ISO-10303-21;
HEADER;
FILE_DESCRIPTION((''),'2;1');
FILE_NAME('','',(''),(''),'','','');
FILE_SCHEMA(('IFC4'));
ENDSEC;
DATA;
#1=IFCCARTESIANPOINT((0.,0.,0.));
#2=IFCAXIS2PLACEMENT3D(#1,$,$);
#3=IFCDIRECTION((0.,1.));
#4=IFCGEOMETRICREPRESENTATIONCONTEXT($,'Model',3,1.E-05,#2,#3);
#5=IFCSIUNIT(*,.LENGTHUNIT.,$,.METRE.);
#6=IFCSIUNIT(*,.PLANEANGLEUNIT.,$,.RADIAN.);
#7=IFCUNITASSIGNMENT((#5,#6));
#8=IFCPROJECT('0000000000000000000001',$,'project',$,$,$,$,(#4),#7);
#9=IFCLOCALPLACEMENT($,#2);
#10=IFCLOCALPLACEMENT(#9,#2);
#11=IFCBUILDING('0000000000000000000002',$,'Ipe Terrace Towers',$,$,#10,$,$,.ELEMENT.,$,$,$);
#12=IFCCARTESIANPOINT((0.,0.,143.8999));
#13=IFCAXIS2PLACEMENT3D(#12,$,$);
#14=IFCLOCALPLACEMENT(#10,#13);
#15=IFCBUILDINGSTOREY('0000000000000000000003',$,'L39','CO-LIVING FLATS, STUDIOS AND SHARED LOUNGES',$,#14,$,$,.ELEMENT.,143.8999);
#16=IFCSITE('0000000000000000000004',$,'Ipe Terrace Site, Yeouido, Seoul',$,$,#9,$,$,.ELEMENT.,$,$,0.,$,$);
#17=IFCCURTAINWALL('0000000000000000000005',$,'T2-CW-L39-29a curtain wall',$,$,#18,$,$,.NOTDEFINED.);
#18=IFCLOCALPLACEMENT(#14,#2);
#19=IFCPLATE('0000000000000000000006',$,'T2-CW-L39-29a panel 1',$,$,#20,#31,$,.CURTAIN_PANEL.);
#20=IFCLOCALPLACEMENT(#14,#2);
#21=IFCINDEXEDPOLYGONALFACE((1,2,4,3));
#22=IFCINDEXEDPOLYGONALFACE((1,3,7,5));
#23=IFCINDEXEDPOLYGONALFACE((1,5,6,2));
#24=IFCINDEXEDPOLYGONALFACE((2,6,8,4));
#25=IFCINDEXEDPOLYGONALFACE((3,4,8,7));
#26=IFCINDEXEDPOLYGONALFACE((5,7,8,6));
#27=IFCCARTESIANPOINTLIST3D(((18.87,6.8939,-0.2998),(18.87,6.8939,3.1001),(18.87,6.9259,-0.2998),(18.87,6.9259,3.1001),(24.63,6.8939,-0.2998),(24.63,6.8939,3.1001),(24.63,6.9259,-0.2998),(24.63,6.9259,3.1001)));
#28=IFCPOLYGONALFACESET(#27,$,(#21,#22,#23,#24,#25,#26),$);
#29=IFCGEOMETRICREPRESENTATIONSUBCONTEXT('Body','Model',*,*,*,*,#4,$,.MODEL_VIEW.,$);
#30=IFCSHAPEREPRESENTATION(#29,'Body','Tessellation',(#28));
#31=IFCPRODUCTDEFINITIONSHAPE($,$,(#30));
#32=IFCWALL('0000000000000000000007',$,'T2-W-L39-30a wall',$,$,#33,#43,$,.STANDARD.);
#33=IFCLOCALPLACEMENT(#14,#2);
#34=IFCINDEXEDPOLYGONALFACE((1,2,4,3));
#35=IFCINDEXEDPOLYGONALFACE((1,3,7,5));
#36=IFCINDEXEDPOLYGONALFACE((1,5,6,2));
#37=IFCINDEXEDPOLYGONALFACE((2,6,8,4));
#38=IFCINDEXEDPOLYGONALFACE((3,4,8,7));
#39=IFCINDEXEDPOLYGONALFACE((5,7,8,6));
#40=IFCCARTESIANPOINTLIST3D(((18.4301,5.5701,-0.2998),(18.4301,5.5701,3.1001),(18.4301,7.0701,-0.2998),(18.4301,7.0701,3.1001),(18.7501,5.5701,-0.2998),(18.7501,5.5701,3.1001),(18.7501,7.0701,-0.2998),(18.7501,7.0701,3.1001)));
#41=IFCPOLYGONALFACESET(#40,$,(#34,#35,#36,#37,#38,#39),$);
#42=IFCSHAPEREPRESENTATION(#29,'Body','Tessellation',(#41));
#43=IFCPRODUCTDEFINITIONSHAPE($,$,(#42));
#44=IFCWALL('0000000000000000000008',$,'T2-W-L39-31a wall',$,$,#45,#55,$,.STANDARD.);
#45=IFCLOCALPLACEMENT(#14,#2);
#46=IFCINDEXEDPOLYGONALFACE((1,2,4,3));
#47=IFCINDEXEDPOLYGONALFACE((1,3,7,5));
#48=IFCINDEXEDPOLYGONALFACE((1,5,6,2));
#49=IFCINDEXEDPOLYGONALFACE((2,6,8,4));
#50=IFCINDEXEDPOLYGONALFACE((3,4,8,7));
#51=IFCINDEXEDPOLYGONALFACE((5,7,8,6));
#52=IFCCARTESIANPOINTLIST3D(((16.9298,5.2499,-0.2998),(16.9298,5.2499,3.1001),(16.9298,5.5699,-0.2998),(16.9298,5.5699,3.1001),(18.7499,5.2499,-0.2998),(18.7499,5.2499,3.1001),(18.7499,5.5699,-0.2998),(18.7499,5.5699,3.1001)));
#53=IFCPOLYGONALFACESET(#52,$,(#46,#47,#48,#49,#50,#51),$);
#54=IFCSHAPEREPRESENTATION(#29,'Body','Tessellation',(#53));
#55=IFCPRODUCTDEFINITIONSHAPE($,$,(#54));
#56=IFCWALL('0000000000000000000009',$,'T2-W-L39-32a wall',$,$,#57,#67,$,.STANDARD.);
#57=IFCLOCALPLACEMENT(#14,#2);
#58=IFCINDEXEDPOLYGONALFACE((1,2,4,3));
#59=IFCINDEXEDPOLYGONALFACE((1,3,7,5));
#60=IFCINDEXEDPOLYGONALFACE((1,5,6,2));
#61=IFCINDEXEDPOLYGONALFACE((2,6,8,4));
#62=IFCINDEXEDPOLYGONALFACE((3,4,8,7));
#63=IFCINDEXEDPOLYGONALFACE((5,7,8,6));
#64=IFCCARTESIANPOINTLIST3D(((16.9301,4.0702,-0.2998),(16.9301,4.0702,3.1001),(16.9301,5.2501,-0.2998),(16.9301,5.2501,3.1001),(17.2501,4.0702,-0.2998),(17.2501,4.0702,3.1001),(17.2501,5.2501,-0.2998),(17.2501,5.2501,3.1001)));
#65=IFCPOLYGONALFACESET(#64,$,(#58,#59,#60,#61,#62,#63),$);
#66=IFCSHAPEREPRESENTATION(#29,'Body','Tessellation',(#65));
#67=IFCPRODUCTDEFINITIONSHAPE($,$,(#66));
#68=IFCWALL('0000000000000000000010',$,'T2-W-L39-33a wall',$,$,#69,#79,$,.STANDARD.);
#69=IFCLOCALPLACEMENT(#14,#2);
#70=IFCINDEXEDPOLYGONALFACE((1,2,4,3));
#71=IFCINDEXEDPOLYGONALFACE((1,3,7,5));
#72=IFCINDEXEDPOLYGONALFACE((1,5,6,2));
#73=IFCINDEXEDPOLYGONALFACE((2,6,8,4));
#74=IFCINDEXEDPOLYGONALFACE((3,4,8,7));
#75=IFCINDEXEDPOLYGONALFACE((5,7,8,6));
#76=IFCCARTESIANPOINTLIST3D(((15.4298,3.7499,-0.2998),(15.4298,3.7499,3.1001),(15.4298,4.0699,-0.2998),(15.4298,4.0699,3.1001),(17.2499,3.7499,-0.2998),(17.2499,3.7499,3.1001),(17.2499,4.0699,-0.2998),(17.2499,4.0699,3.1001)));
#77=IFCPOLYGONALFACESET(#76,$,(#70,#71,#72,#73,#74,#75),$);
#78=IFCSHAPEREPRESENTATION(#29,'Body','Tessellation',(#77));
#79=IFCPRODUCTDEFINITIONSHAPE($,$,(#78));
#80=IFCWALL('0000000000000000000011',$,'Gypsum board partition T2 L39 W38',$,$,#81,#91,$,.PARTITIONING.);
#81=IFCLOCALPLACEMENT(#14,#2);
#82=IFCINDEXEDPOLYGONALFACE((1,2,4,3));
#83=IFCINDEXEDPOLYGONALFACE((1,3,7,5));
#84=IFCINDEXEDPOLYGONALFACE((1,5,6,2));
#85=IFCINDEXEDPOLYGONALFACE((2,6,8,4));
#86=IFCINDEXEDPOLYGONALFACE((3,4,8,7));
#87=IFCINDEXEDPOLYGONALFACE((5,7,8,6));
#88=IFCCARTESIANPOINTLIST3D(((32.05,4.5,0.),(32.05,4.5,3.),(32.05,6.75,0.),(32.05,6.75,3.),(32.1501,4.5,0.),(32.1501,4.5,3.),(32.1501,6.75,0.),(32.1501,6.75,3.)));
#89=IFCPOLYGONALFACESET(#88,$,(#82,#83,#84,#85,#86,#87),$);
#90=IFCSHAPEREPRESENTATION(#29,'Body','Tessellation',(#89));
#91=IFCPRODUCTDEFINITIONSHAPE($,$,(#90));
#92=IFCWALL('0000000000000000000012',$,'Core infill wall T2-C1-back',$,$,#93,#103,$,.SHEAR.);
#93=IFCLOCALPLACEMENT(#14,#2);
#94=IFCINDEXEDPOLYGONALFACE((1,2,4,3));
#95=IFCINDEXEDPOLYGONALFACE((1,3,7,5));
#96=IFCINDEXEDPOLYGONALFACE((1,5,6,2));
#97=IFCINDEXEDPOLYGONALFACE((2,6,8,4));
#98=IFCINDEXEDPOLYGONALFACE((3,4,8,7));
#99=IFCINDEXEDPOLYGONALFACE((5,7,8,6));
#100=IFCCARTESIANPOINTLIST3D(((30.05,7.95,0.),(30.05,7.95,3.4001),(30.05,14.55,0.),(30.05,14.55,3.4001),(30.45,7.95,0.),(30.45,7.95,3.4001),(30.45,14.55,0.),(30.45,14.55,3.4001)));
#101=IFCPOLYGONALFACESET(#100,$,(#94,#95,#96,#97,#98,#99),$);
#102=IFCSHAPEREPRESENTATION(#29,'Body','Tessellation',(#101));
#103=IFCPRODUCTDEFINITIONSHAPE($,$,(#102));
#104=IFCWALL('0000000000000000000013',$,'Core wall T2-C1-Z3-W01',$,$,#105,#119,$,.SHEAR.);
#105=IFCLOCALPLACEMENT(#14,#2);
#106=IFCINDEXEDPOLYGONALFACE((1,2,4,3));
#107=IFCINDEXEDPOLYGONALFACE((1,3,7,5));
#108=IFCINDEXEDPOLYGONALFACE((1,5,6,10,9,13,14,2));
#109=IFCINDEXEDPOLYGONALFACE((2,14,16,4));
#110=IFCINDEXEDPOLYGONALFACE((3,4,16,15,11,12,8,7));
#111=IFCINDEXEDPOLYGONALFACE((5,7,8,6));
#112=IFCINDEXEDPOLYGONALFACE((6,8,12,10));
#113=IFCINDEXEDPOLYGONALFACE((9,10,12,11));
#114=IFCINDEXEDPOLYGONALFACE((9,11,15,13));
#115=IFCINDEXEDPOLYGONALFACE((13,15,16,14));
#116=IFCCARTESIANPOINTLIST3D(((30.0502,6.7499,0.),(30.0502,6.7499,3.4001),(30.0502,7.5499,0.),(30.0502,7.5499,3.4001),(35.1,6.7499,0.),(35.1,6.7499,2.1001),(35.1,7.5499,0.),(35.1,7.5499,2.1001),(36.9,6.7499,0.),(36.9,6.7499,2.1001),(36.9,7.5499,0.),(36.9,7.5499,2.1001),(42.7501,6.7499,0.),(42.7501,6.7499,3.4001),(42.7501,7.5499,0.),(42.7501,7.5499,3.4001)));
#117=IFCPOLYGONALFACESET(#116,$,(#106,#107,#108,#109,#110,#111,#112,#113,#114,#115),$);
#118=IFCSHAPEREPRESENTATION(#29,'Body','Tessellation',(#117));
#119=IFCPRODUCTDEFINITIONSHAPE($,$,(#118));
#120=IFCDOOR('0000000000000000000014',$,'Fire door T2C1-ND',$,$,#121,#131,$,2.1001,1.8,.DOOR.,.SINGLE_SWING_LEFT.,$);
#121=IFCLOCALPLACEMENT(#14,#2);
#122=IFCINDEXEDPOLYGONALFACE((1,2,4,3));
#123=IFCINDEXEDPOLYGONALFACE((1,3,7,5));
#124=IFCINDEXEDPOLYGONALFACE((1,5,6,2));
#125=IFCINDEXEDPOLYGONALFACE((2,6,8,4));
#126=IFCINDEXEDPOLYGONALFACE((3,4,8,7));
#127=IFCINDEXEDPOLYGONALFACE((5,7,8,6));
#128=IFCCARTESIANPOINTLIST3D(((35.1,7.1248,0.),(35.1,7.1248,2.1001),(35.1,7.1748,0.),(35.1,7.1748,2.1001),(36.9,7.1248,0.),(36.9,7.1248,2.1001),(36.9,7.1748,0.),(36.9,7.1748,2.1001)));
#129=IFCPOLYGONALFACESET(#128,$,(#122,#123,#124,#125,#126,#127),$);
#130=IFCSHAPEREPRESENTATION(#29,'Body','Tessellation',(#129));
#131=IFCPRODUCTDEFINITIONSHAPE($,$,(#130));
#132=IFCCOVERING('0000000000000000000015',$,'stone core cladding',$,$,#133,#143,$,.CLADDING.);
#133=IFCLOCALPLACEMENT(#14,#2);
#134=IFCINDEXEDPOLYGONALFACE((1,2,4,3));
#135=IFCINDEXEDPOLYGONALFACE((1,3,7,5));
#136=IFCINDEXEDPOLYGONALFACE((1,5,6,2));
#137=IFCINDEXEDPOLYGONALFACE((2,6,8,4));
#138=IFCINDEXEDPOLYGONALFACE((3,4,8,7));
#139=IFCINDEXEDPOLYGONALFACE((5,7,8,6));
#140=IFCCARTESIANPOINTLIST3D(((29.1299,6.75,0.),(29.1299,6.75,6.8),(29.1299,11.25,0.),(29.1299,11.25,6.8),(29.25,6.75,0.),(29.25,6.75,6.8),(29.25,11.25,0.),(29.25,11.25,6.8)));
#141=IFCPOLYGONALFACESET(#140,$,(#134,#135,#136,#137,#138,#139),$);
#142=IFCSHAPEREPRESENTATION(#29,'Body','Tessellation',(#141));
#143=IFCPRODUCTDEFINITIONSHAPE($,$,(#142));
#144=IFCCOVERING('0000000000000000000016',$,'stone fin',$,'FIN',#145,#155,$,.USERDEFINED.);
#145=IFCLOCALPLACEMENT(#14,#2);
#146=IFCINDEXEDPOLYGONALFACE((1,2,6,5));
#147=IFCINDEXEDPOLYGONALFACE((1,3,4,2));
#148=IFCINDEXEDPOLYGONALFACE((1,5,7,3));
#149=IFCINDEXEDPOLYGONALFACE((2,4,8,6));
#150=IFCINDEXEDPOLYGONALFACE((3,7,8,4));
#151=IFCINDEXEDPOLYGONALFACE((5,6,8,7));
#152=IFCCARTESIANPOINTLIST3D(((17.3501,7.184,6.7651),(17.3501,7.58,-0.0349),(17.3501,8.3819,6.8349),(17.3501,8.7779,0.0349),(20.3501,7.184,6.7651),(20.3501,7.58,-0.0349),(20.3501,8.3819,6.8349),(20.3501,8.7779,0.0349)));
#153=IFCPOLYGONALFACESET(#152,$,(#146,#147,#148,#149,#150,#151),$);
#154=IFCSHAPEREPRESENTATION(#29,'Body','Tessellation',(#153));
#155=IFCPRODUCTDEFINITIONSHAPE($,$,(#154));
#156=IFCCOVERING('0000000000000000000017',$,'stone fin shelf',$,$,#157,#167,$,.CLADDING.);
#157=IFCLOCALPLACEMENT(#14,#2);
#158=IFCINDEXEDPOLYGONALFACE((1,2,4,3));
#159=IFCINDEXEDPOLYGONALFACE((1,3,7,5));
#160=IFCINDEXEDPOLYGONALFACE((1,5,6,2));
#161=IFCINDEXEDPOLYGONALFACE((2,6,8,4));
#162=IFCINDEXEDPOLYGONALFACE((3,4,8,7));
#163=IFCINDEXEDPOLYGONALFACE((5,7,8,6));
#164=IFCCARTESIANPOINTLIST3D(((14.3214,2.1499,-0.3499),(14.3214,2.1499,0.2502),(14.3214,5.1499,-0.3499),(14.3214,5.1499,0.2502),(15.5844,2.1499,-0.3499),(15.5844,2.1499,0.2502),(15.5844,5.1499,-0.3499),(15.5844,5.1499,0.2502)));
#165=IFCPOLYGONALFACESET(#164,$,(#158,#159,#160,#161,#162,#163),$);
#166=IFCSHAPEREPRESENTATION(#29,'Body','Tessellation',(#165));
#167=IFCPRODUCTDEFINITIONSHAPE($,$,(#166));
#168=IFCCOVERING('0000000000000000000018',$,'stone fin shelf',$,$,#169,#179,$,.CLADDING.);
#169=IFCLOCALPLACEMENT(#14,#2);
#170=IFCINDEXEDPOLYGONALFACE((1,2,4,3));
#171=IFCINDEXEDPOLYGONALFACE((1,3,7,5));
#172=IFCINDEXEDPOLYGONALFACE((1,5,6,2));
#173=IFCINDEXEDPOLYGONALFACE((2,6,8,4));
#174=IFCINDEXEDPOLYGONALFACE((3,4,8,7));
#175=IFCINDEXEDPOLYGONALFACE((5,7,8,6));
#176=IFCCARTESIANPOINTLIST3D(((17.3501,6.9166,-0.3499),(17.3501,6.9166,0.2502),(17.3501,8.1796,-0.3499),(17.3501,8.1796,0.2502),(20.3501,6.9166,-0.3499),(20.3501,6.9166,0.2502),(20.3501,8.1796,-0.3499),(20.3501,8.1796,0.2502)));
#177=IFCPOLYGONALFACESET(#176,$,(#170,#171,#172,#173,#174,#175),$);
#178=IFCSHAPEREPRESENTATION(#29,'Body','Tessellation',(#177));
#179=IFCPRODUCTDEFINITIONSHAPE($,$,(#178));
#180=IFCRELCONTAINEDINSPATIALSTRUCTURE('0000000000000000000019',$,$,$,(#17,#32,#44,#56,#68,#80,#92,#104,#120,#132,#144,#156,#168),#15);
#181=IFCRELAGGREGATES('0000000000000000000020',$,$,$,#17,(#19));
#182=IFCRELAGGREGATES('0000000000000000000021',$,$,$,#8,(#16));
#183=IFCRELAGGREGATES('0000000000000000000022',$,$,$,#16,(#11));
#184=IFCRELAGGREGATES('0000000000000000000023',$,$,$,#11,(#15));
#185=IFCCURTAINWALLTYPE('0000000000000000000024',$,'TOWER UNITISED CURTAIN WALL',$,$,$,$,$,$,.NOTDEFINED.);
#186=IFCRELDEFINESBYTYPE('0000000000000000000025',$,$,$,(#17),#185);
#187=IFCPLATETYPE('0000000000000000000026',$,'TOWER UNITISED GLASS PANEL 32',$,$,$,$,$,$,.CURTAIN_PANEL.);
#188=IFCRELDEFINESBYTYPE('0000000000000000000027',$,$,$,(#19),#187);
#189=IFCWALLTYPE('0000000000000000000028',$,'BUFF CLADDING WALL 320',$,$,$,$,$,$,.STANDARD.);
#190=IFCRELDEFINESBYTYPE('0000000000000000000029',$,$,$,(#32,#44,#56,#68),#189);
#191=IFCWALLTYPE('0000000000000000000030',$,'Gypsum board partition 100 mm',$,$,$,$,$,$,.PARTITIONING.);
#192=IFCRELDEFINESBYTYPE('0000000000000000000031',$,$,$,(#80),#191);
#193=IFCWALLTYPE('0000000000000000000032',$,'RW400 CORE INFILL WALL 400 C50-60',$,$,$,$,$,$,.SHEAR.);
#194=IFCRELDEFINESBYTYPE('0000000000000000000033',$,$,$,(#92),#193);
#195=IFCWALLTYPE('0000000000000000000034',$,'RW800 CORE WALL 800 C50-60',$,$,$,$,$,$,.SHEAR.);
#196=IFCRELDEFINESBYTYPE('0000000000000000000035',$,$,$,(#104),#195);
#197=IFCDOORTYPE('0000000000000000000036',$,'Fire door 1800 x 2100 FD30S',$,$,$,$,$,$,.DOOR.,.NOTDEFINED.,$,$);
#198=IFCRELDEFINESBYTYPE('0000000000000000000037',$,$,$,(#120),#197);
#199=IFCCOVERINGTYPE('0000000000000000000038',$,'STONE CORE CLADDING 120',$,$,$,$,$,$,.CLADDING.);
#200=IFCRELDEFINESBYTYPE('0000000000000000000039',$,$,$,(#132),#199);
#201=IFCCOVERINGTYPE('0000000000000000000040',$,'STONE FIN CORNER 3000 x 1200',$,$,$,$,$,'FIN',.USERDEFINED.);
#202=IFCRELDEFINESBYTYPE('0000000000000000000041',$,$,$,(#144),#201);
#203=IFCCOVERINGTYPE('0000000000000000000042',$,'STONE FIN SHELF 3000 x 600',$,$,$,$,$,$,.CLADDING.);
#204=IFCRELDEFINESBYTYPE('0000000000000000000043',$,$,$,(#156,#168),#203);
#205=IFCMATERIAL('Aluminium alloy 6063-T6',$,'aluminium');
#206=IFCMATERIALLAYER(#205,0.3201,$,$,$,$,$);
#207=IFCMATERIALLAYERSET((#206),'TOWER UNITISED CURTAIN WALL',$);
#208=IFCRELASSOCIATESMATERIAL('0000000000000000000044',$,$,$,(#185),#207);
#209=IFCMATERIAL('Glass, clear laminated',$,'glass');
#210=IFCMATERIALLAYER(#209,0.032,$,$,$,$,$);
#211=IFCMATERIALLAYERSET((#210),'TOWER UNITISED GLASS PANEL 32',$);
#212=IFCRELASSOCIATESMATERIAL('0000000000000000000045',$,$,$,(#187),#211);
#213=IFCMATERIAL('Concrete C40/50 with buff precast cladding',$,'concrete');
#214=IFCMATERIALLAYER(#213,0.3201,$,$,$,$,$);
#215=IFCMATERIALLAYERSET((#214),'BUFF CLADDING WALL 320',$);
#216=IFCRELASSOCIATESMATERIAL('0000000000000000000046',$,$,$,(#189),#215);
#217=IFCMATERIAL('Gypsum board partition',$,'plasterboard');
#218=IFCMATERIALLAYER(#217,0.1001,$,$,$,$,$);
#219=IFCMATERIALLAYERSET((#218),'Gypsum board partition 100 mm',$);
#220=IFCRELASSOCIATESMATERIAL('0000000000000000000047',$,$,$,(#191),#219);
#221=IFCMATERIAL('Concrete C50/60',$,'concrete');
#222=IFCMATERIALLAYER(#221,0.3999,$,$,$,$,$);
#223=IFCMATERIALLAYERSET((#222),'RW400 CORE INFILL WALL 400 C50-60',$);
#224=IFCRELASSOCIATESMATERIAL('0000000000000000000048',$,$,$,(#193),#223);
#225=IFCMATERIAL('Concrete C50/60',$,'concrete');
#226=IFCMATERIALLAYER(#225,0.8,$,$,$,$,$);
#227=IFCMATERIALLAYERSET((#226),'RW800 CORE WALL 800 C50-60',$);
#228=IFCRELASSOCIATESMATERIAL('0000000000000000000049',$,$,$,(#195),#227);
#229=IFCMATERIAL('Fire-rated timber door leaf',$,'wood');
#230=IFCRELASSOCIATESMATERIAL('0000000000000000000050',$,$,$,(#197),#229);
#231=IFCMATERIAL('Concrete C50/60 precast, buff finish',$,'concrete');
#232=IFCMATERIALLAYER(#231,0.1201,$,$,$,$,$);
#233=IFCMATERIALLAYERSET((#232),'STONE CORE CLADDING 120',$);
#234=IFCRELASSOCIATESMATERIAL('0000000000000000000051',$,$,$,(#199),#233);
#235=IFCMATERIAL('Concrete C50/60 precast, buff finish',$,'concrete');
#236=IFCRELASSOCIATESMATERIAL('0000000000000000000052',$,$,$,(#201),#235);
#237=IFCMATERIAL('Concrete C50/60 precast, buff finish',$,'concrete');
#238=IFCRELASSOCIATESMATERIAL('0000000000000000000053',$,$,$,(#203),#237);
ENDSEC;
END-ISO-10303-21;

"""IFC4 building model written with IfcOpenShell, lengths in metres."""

from ifc_helpers import new_model, si_unit, direction, frame, frame_2d, origin, origin_2d, place, context, subcontext, project, spatial, rectangle, extrude, material, layer, layer_set, material_profile, profile_set, type_object, element, fill, aggregate, save


model = new_model("IFC4")

# Units and contexts
model_context = context("Model", 3, precision=1e-05, world=origin(), true_north=direction((0.0, 1.0)))
body_context = subcontext(model_context, "Body", "Model", "MODEL_VIEW")
ifc_project = project(units=[si_unit("LENGTHUNIT", "METRE"), si_unit("PLANEANGLEUNIT", "RADIAN")], contexts=[model_context])

# Site, building, storey
site_placement = place(None, origin())
site = spatial("IfcSite", under=ifc_project, at=site_placement, Name="Ipe Terrace Site, Yeouido, Seoul", CompositionType="ELEMENT", RefElevation=0.0)
building_placement = place(site_placement, origin())
building = spatial("IfcBuilding", under=site, at=building_placement, Name="Ipe Terrace Towers", CompositionType="ELEMENT")
storey_placement = place(building_placement, frame((0.0, 0.0, 143.8999)))
storey = spatial("IfcBuildingStorey", under=building, at=storey_placement, Name="L39", Description="CO-LIVING FLATS, STUDIOS AND SHARED LOUNGES", CompositionType="ELEMENT", Elevation=143.8999)

# Curtain wall
ifc_material_1 = material(Name="Aluminium alloy 6063-T6", Category="aluminium")
ifc_layer_1 = layer(ifc_material_1, 0.3201)
ifc_layer_set_1 = layer_set([ifc_layer_1], Name="TOWER UNITISED CURTAIN WALL")
curtain_wall_type = type_object("IfcCurtainWallType", Name="TOWER UNITISED CURTAIN WALL", PredefinedType="NOTDEFINED", material=ifc_layer_set_1)
curtain_wall_1_placement = place(storey_placement, origin())
curtain_wall_1 = element("IfcCurtainWall", 1, at=curtain_wall_1_placement, inside=storey, type_object=curtain_wall_type, Name="T2-CW-L39-29a curtain wall", PredefinedType="NOTDEFINED")

# Plate
ifc_material_2 = material(Name="Glass, clear laminated", Category="glass")
ifc_layer_2 = layer(ifc_material_2, 0.032)
ifc_layer_set_2 = layer_set([ifc_layer_2], Name="TOWER UNITISED GLASS PANEL 32")
plate_type = type_object("IfcPlateType", Name="TOWER UNITISED GLASS PANEL 32", PredefinedType="CURTAIN_PANEL", material=ifc_layer_set_2)
plate_1_placement = place(storey_placement, frame((21.75, 6.9099, -0.2998), z_axis=(0.0, 0.0, 1.0), x_axis=(-1.0, 0.0, 0.0)))
plate_1 = element("IfcPlate", 2, at=plate_1_placement, type_object=plate_type, Name="T2-CW-L39-29a panel 1", PredefinedType="CURTAIN_PANEL", context=body_context, shape_type="SweptSolid", body=[
    extrude(rectangle(XDim=5.76, YDim=0.032, at=origin_2d()), origin(), (0.0, 0.0, 1.0), 3.3999),
])
aggregate(curtain_wall_1, [plate_1])

# Walls
ifc_material_3 = material(Name="Concrete C40/50 with buff precast cladding", Category="concrete")
ifc_layer_3 = layer(ifc_material_3, 0.3201)
ifc_layer_set_3 = layer_set([ifc_layer_3], Name="BUFF CLADDING WALL 320")
wall_type_1 = type_object("IfcWallType", Name="BUFF CLADDING WALL 320", PredefinedType="STANDARD", material=ifc_layer_set_3)
wall_1_placement = place(storey_placement, frame((18.5901, 7.0701, -0.2998), z_axis=(0.0, 0.0, 1.0), x_axis=(0.0, -1.0, 0.0)))
element("IfcWall", 3, at=wall_1_placement, inside=storey, type_object=wall_type_1, Name="T2-W-L39-30a wall", PredefinedType="STANDARD", context=body_context, shape_type="SweptSolid", body=[
    extrude(rectangle(XDim=1.5, YDim=0.3201, at=frame_2d((0.75, 0.0))), origin(), (0.0, 0.0, 1.0), 3.3999),
])
wall_2_placement = place(storey_placement, frame((18.75, 5.4099, -0.2998), z_axis=(0.0, 0.0, 1.0), x_axis=(-1.0, 0.0, 0.0)))
element("IfcWall", 4, at=wall_2_placement, inside=storey, type_object=wall_type_1, Name="T2-W-L39-31a wall", PredefinedType="STANDARD", context=body_context, shape_type="SweptSolid", body=[
    extrude(rectangle(XDim=1.8201, YDim=0.3201, at=frame_2d((0.9102, 0.0))), origin(), (0.0, 0.0, 1.0), 3.3999),
])
wall_3_placement = place(storey_placement, frame((17.0901, 5.25, -0.2998), z_axis=(0.0, 0.0, 1.0), x_axis=(0.0, -1.0, 0.0)))
element("IfcWall", 5, at=wall_3_placement, inside=storey, type_object=wall_type_1, Name="T2-W-L39-32a wall", PredefinedType="STANDARD", context=body_context, shape_type="SweptSolid", body=[
    extrude(rectangle(XDim=1.1799, YDim=0.3201, at=frame_2d((0.5898, 0.0))), origin(), (0.0, 0.0, 1.0), 3.3999),
])
wall_4_placement = place(storey_placement, frame((17.25, 3.9099, -0.2998), z_axis=(0.0, 0.0, 1.0), x_axis=(-1.0, 0.0, 0.0)))
element("IfcWall", 6, at=wall_4_placement, inside=storey, type_object=wall_type_1, Name="T2-W-L39-33a wall", PredefinedType="STANDARD", context=body_context, shape_type="SweptSolid", body=[
    extrude(rectangle(XDim=1.8201, YDim=0.3201, at=frame_2d((0.9102, 0.0))), origin(), (0.0, 0.0, 1.0), 3.3999),
])
ifc_material_4 = material(Name="Gypsum board partition", Category="plasterboard")
ifc_layer_4 = layer(ifc_material_4, 0.1001)
ifc_layer_set_4 = layer_set([ifc_layer_4], Name="Gypsum board partition 100 mm")
wall_type_2 = type_object("IfcWallType", Name="Gypsum board partition 100 mm", PredefinedType="PARTITIONING", material=ifc_layer_set_4)
wall_5_placement = place(storey_placement, frame((32.1001, 4.5, 0.0), z_axis=(0.0, 0.0, 1.0), x_axis=(0.0, 1.0, 0.0)))
element("IfcWall", 7, at=wall_5_placement, inside=storey, type_object=wall_type_2, Name="Gypsum board partition T2 L39 W38", PredefinedType="PARTITIONING", context=body_context, shape_type="SweptSolid", body=[
    extrude(rectangle(XDim=2.25, YDim=0.1001, at=frame_2d((1.125, 0.0))), origin(), (0.0, 0.0, 1.0), 3.0),
])
ifc_material_5 = material(Name="Concrete C50/60", Category="concrete")
ifc_layer_5 = layer(ifc_material_5, 0.3999)
ifc_layer_set_5 = layer_set([ifc_layer_5], Name="RW400 CORE INFILL WALL 400 C50-60")
wall_type_3 = type_object("IfcWallType", Name="RW400 CORE INFILL WALL 400 C50-60", PredefinedType="SHEAR", material=ifc_layer_set_5)
wall_6_placement = place(storey_placement, frame((30.25, 7.95, 0.0), z_axis=(0.0, 0.0, 1.0), x_axis=(0.0, 1.0, 0.0)))
element("IfcWall", 8, at=wall_6_placement, inside=storey, type_object=wall_type_3, Name="Core infill wall T2-C1-back", PredefinedType="SHEAR", context=body_context, shape_type="SweptSolid", body=[
    extrude(rectangle(XDim=6.6001, YDim=0.3999, at=frame_2d((3.3, 0.0))), origin(), (0.0, 0.0, 1.0), 3.4001),
])

# Wall, opening, door
ifc_material_6 = material(Name="Concrete C50/60", Category="concrete")
ifc_layer_6 = layer(ifc_material_6, 0.8)
ifc_layer_set_6 = layer_set([ifc_layer_6], Name="RW800 CORE WALL 800 C50-60")
wall_type_4 = type_object("IfcWallType", Name="RW800 CORE WALL 800 C50-60", PredefinedType="SHEAR", material=ifc_layer_set_6)
wall_7_placement = place(storey_placement, frame((30.05, 7.1499, 0.0), z_axis=(0.0, 0.0, 1.0), x_axis=(1.0, 0.0, 0.0)))
wall_7 = element("IfcWall", 9, at=wall_7_placement, inside=storey, type_object=wall_type_4, Name="Core wall T2-C1-Z3-W01", PredefinedType="SHEAR", context=body_context, shape_type="SweptSolid", body=[
    extrude(rectangle(XDim=12.7, YDim=0.8, at=frame_2d((6.3501, 0.0))), origin(), (0.0, 0.0, 1.0), 3.4001),
])
opening_placement = place(wall_7_placement, frame((5.05, 0.0, 0.0)))
opening = element("IfcOpeningElement", 10, at=opening_placement, cuts=wall_7, PredefinedType="OPENING", context=body_context, shape_type="SweptSolid", body=[
    extrude(rectangle(XDim=1.8, YDim=2.1001, at=frame_2d((0.8999, 1.05))), frame((0.0, 0.4102, 0.0), z_axis=(0.0, -1.0, 0.0), x_axis=(1.0, 0.0, 0.0)), (0.0, 0.0, 1.0), 0.8201),
])
ifc_material_7 = material(Name="Fire-rated timber door leaf", Category="wood")
door_type = type_object("IfcDoorType", Name="Fire door 1800 x 2100 FD30S", OperationType="NOTDEFINED", PredefinedType="DOOR", material=ifc_material_7)
door_placement = place(opening_placement, origin())
door = element("IfcDoor", 11, at=door_placement, inside=storey, type_object=door_type, Name="Fire door T2C1-ND", OperationType="SINGLE_SWING_LEFT", OverallHeight=2.1001, OverallWidth=1.8, PredefinedType="DOOR", context=body_context, shape_type="SweptSolid", body=[
    extrude(rectangle(XDim=1.8, YDim=2.1001, at=frame_2d((0.8999, 1.05))), frame((0.0, 0.0249, 0.0), z_axis=(0.0, -1.0, 0.0), x_axis=(1.0, 0.0, 0.0)), (0.0, 0.0, 1.0), 0.05),
])
fill(opening, door)

# Coverings
ifc_material_8 = material(Name="Concrete C50/60 precast, buff finish", Category="concrete")
ifc_layer_7 = layer(ifc_material_8, 0.1201)
ifc_layer_set_7 = layer_set([ifc_layer_7], Name="STONE CORE CLADDING 120")
covering_type_1 = type_object("IfcCoveringType", Name="STONE CORE CLADDING 120", PredefinedType="CLADDING", material=ifc_layer_set_7)
covering_1_placement = place(storey_placement, frame((29.1899, 9.0, 0.0), z_axis=(0.0, 0.0, 1.0), x_axis=(0.0, -1.0, 0.0)))
element("IfcCovering", 12, at=covering_1_placement, inside=storey, type_object=covering_type_1, Name="stone core cladding", PredefinedType="CLADDING", context=body_context, shape_type="SweptSolid", body=[
    extrude(rectangle(XDim=4.5, YDim=0.1201, at=origin_2d()), origin(), (0.0, 0.0, 1.0), 6.8),
])
ifc_material_9 = material(Name="Concrete C50/60 precast, buff finish", Category="concrete")
ifc_material_profile_1 = material_profile(ifc_material_9, rectangle(XDim=3.0, YDim=1.2, at=origin_2d()), Name="STONE FIN CORNER 3000 x 1200")
ifc_profile_set_1 = profile_set([ifc_material_profile_1], Name="Concrete C50/60 precast, buff finish")
covering_type_2 = type_object("IfcCoveringType", Name="STONE FIN CORNER 3000 x 1200", ElementType="FIN", PredefinedType="USERDEFINED", material=ifc_profile_set_1)
covering_2_placement = place(storey_placement, frame((18.8501, 8.179, 0.0), z_axis=(0.0, -0.058136, 0.998309), x_axis=(-1.0, 0.0, 0.0)))
element("IfcCovering", 13, at=covering_2_placement, inside=storey, type_object=covering_type_2, Name="stone fin", ObjectType="FIN", PredefinedType="USERDEFINED", context=body_context, shape_type="SweptSolid", body=[
    extrude(rectangle(XDim=3.0, YDim=1.2, at=origin_2d()), origin(), (0.0, 0.0, 1.0), 6.8115),
])
ifc_material_10 = material(Name="Concrete C50/60 precast, buff finish", Category="concrete")
covering_type_3 = type_object("IfcCoveringType", Name="STONE FIN SHELF 3000 x 600", PredefinedType="CLADDING", material=ifc_material_10)
for number, where, z_axis, x_axis, name in (
    (14, (14.9529, 3.6499, -0.3499), (0.0, 0.0, 1.0), (0.0, -1.0, 0.0), "stone fin shelf"),
    (15, (18.8501, 7.5481, -0.3499), (0.0, 0.0, 1.0), (-1.0, 0.0, 0.0), "stone fin shelf"),
):
    element("IfcCovering", number, at=place(storey_placement, frame(where, z_axis=z_axis, x_axis=x_axis)), inside=storey, type_object=covering_type_3, Name=name, PredefinedType="CLADDING", context=body_context, shape_type="SweptSolid", body=[
        extrude(rectangle(XDim=3.0, YDim=1.2629, at=origin_2d()), origin(), (0.0, 0.0, 1.0), 0.6001),
    ])

save(model, "model.ifc")
